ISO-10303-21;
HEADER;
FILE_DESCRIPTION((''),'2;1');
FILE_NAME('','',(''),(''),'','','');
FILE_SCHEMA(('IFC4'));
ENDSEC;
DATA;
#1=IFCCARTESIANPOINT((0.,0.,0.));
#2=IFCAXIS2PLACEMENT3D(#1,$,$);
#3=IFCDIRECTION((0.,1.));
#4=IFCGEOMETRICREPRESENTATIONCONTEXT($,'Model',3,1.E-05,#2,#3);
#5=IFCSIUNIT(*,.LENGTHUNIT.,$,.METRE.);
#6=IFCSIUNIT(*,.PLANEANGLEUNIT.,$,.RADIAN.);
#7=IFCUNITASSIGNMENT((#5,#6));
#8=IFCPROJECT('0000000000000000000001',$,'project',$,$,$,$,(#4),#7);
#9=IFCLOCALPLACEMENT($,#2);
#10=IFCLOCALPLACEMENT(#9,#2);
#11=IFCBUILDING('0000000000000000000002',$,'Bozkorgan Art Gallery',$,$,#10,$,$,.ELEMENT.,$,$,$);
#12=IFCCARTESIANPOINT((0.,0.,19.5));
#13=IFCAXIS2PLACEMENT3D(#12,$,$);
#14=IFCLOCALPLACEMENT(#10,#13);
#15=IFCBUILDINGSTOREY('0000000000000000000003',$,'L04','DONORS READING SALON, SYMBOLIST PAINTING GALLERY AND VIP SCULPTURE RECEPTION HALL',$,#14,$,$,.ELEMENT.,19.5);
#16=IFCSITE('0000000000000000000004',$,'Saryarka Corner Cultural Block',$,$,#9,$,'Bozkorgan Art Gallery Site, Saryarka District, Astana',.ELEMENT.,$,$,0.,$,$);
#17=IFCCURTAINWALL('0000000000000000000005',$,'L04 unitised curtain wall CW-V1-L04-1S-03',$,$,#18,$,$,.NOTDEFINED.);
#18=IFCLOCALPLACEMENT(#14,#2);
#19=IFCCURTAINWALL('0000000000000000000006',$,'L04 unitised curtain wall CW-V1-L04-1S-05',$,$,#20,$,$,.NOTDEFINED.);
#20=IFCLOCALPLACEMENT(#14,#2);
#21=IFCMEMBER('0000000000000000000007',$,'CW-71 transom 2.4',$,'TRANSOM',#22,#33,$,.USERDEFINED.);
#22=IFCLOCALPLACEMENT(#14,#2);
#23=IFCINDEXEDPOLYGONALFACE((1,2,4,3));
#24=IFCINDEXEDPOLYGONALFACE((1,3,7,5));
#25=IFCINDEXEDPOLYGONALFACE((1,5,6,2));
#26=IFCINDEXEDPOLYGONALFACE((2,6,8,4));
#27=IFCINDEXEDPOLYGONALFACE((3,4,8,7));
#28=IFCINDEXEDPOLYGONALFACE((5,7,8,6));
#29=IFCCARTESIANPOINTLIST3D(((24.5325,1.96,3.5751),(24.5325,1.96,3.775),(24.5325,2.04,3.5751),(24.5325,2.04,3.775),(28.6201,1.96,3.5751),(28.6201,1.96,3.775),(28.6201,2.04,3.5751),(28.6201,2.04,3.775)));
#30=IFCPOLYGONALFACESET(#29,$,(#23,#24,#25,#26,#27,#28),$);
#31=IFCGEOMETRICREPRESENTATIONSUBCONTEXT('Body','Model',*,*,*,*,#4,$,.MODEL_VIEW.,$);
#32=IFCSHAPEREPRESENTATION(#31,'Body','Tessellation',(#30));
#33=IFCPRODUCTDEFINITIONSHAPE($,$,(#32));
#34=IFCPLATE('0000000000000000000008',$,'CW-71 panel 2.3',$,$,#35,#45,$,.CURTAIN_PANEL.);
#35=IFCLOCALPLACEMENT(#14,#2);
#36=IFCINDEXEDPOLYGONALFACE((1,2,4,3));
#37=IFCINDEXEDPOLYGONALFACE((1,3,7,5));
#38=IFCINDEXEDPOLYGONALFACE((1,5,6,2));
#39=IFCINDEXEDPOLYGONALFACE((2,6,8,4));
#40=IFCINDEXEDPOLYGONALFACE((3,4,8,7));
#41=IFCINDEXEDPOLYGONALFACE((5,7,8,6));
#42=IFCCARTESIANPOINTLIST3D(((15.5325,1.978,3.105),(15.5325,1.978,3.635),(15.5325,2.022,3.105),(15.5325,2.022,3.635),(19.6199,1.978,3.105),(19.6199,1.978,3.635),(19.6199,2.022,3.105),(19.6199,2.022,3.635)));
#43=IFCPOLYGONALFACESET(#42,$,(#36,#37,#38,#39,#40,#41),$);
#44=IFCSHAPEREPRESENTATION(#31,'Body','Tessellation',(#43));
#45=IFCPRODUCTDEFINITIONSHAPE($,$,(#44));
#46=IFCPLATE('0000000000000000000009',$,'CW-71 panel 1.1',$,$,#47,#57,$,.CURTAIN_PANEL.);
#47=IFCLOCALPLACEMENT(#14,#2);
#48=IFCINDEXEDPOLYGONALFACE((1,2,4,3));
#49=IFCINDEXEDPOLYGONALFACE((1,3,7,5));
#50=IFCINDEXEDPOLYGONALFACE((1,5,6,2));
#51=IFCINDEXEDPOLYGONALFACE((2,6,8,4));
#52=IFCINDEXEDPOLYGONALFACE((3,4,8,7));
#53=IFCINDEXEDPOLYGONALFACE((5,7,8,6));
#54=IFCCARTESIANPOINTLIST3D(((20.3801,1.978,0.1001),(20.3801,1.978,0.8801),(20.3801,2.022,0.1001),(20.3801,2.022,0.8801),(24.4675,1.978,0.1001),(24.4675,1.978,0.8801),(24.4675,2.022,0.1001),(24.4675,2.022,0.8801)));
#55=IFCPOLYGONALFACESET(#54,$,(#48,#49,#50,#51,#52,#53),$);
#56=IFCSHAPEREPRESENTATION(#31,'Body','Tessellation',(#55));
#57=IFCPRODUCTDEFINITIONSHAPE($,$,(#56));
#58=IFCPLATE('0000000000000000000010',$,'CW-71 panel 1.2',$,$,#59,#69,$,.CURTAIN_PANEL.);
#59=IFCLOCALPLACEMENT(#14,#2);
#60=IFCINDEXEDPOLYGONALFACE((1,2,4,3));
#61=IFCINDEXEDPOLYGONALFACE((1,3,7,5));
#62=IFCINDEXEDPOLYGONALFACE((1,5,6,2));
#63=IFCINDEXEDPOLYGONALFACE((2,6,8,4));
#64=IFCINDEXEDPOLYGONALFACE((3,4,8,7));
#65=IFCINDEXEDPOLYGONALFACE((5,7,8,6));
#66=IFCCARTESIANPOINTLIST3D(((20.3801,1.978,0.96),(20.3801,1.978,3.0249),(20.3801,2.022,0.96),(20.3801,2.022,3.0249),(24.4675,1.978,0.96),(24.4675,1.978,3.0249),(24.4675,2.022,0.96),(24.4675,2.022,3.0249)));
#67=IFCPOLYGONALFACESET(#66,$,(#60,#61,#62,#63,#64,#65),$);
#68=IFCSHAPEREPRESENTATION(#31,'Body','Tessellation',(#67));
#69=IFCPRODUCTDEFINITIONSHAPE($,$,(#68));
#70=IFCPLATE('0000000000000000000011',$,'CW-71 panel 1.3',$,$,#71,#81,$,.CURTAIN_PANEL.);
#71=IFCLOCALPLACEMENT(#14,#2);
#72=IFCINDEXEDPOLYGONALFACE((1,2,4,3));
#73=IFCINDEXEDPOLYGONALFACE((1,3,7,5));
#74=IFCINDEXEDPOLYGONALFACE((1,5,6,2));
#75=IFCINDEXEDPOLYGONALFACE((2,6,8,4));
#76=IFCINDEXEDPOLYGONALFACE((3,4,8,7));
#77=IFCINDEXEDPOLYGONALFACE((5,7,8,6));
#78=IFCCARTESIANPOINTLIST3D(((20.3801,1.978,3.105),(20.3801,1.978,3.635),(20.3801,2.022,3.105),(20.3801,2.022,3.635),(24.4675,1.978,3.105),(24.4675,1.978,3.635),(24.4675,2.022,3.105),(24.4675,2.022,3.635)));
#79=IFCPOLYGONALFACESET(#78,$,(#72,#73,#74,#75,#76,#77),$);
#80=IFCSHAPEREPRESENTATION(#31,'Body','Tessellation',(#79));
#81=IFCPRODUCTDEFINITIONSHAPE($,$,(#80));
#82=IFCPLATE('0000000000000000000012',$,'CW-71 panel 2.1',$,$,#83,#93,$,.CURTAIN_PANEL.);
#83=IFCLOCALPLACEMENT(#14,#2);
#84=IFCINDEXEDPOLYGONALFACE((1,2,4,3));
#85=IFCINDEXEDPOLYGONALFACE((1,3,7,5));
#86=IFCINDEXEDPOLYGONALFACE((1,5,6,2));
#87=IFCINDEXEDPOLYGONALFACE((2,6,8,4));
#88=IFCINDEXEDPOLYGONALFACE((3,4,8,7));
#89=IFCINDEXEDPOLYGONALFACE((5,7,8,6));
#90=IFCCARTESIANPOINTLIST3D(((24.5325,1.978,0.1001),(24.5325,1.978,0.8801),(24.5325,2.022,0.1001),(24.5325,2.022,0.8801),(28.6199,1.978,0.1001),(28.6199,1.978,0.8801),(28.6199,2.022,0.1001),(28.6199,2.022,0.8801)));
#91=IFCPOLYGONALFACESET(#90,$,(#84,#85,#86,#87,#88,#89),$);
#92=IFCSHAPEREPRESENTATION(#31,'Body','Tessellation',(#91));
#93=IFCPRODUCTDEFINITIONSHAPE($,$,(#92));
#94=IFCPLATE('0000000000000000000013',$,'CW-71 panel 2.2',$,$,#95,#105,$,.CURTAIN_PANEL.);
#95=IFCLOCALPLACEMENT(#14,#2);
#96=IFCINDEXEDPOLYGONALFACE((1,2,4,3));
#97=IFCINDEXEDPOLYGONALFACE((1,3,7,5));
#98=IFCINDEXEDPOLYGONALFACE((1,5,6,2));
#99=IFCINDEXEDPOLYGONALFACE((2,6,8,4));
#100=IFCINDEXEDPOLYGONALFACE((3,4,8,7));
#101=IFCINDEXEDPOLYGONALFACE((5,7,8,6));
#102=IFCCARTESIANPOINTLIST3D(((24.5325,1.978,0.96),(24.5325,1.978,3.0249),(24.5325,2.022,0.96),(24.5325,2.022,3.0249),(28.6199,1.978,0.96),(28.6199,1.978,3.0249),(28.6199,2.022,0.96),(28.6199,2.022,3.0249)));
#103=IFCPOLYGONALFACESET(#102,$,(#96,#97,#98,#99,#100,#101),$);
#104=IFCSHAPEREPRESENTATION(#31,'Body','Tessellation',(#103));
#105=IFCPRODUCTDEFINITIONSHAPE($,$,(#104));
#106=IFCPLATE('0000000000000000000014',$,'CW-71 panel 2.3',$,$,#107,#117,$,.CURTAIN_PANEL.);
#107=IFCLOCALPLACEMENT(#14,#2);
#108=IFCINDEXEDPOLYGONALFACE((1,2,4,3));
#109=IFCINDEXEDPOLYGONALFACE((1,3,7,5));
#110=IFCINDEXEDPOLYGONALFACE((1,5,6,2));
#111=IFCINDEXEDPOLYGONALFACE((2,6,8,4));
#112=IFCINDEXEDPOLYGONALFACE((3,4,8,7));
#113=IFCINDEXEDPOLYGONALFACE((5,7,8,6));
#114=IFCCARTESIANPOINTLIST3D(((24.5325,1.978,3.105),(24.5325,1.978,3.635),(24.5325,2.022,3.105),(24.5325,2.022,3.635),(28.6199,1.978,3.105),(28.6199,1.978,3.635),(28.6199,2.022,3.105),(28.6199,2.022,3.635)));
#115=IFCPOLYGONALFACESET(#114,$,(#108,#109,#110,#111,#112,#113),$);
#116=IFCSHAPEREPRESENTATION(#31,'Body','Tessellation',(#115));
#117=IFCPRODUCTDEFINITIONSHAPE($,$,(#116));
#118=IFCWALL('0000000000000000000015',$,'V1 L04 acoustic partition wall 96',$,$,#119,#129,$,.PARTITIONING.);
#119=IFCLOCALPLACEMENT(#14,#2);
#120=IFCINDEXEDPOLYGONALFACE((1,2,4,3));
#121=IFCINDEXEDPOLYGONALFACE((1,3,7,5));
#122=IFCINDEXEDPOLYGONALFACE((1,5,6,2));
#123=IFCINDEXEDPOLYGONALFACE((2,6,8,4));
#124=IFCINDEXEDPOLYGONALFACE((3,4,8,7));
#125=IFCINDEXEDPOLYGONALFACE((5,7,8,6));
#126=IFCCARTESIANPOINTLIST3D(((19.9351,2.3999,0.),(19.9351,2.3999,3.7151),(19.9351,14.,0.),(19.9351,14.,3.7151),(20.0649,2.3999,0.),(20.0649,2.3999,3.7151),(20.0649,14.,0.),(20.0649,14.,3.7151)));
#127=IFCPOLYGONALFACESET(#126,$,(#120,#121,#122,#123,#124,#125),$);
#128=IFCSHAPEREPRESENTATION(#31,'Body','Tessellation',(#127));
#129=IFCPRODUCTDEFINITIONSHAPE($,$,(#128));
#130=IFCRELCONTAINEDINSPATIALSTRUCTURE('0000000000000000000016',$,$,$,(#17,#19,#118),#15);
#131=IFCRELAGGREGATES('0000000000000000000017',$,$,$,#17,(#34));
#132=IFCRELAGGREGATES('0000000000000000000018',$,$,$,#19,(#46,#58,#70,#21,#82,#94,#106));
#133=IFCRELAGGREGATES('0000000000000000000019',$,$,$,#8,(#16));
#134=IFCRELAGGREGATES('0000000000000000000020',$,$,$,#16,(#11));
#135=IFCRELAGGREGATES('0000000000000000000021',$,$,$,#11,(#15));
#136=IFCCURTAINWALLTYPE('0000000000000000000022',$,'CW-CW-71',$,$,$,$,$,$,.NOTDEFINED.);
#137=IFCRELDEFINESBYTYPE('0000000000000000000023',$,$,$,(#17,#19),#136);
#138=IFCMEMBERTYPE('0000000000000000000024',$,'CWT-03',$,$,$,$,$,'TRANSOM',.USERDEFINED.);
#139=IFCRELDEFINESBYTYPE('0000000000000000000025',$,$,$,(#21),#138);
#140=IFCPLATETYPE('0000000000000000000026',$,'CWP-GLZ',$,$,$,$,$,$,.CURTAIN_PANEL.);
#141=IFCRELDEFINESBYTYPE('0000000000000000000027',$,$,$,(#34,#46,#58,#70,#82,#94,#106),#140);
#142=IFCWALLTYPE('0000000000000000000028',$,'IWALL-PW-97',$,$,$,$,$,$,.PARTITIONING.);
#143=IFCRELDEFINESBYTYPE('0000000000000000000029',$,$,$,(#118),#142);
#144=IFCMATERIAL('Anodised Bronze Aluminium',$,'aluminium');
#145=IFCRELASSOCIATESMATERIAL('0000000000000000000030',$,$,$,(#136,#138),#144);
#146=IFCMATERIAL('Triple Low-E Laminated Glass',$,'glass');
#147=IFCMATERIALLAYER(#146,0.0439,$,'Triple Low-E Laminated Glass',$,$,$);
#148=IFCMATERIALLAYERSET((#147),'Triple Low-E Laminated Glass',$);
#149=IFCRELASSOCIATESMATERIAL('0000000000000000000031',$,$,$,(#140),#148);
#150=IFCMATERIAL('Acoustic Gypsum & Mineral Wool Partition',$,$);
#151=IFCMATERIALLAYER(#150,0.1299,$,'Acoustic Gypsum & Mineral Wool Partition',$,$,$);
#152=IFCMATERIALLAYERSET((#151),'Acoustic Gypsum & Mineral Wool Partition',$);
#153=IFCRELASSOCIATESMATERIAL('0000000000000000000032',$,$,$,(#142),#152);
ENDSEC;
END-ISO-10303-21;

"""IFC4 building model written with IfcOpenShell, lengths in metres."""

from ifc_helpers import new_model, si_unit, direction, frame, frame_2d, origin, origin_2d, place, context, subcontext, project, spatial, rectangle, extrude, material, layer, layer_set, material_profile, profile_set, type_object, element, aggregate, save


model = new_model("IFC4")

# Units and contexts
model_context = context("Model", 3, precision=1e-05, world=origin(), true_north=direction((0.0, 1.0)))
body_context = subcontext(model_context, "Body", "Model", "MODEL_VIEW")
ifc_project = project(units=[si_unit("LENGTHUNIT", "METRE"), si_unit("PLANEANGLEUNIT", "RADIAN")], contexts=[model_context])

# Site, building, storey
site_placement = place(None, origin())
site = spatial("IfcSite", under=ifc_project, at=site_placement, Name="Saryarka Corner Cultural Block", LongName="Bozkorgan Art Gallery Site, Saryarka District, Astana", CompositionType="ELEMENT", RefElevation=0.0)
building_placement = place(site_placement, origin())
building = spatial("IfcBuilding", under=site, at=building_placement, Name="Bozkorgan Art Gallery", CompositionType="ELEMENT")
storey_placement = place(building_placement, frame((0.0, 0.0, 19.5)))
storey = spatial("IfcBuildingStorey", under=building, at=storey_placement, Name="L04", Description="DONORS READING SALON, SYMBOLIST PAINTING GALLERY AND VIP SCULPTURE RECEPTION HALL", CompositionType="ELEMENT", Elevation=19.5)

# Curtain wall
ifc_material_1 = material(Name="Anodised Bronze Aluminium", Category="aluminium")
curtain_wall_type = type_object("IfcCurtainWallType", Name="CW-CW-71", PredefinedType="NOTDEFINED", material=ifc_material_1)
curtain_wall_1_placement = place(storey_placement, origin())
curtain_wall_1 = element("IfcCurtainWall", 1, at=curtain_wall_1_placement, inside=storey, type_object=curtain_wall_type, Name="L04 unitised curtain wall CW-V1-L04-1S-03", PredefinedType="NOTDEFINED")

# Curtain wall, member
curtain_wall_2_placement = place(storey_placement, origin())
curtain_wall_2 = element("IfcCurtainWall", 2, at=curtain_wall_2_placement, inside=storey, type_object=curtain_wall_type, Name="L04 unitised curtain wall CW-V1-L04-1S-05", PredefinedType="NOTDEFINED")
ifc_material_profile_1 = material_profile(ifc_material_1, rectangle(XDim=0.0801, YDim=0.2, at=origin_2d()), Name="ALU TRANSOM 80x200")
ifc_profile_set_1 = profile_set([ifc_material_profile_1], Name="Anodised Bronze Aluminium")
member_type_1 = type_object("IfcMemberType", Name="CWT-03", ElementType="TRANSOM", PredefinedType="USERDEFINED", material=ifc_profile_set_1)
member_1_placement = place(storey_placement, frame((24.5325, 2.0, 3.675), z_axis=(1.0, 0.0, 0.0), x_axis=(0.0, 1.0, 0.0)))
member_1 = element("IfcMember", 3, at=member_1_placement, type_object=member_type_1, Name="CW-71 transom 2.4", ObjectType="TRANSOM", PredefinedType="USERDEFINED", context=body_context, shape_type="SweptSolid", body=[
    extrude(rectangle(XDim=0.0801, YDim=0.2, at=origin_2d()), origin(), (0.0, 0.0, 1.0), 4.0876),
])

# Plates
ifc_material_2 = material(Name="Triple Low-E Laminated Glass", Category="glass")
ifc_layer_1 = layer(ifc_material_2, 0.0439, Name="Triple Low-E Laminated Glass")
ifc_layer_set_1 = layer_set([ifc_layer_1], Name="Triple Low-E Laminated Glass")
plate_type = type_object("IfcPlateType", Name="CWP-GLZ", PredefinedType="CURTAIN_PANEL", material=ifc_layer_set_1)
plate_1_placement = place(storey_placement, frame((17.5762, 2.0, 3.105), z_axis=(0.0, 0.0, 1.0), x_axis=(1.0, 0.0, 0.0)))
plate_1 = element("IfcPlate", 4, at=plate_1_placement, type_object=plate_type, Name="CW-71 panel 2.3", PredefinedType="CURTAIN_PANEL", context=body_context, shape_type="SweptSolid", body=[
    extrude(rectangle(XDim=4.0874, YDim=0.0439, at=origin_2d()), origin(), (0.0, 0.0, 1.0), 0.53),
])
aggregate(curtain_wall_1, [plate_1])
plate_2_placement = place(storey_placement, frame((22.4238, 2.0, 0.1001), z_axis=(0.0, 0.0, 1.0), x_axis=(1.0, 0.0, 0.0)))
plate_2 = element("IfcPlate", 5, at=plate_2_placement, type_object=plate_type, Name="CW-71 panel 1.1", PredefinedType="CURTAIN_PANEL", context=body_context, shape_type="SweptSolid", body=[
    extrude(rectangle(XDim=4.0874, YDim=0.0439, at=origin_2d()), origin(), (0.0, 0.0, 1.0), 0.78),
])
plate_3_placement = place(storey_placement, frame((22.4238, 2.0, 0.96), z_axis=(0.0, 0.0, 1.0), x_axis=(1.0, 0.0, 0.0)))
plate_3 = element("IfcPlate", 6, at=plate_3_placement, type_object=plate_type, Name="CW-71 panel 1.2", PredefinedType="CURTAIN_PANEL", context=body_context, shape_type="SweptSolid", body=[
    extrude(rectangle(XDim=4.0874, YDim=0.0439, at=origin_2d()), origin(), (0.0, 0.0, 1.0), 2.0649),
])
plate_4_placement = place(storey_placement, frame((22.4238, 2.0, 3.105), z_axis=(0.0, 0.0, 1.0), x_axis=(1.0, 0.0, 0.0)))
plate_4 = element("IfcPlate", 7, at=plate_4_placement, type_object=plate_type, Name="CW-71 panel 1.3", PredefinedType="CURTAIN_PANEL", context=body_context, shape_type="SweptSolid", body=[
    extrude(rectangle(XDim=4.0874, YDim=0.0439, at=origin_2d()), origin(), (0.0, 0.0, 1.0), 0.53),
])
plate_5_placement = place(storey_placement, frame((26.5762, 2.0, 0.1001), z_axis=(0.0, 0.0, 1.0), x_axis=(1.0, 0.0, 0.0)))
plate_5 = element("IfcPlate", 8, at=plate_5_placement, type_object=plate_type, Name="CW-71 panel 2.1", PredefinedType="CURTAIN_PANEL", context=body_context, shape_type="SweptSolid", body=[
    extrude(rectangle(XDim=4.0874, YDim=0.0439, at=origin_2d()), origin(), (0.0, 0.0, 1.0), 0.78),
])
plate_6_placement = place(storey_placement, frame((26.5762, 2.0, 0.96), z_axis=(0.0, 0.0, 1.0), x_axis=(1.0, 0.0, 0.0)))
plate_6 = element("IfcPlate", 9, at=plate_6_placement, type_object=plate_type, Name="CW-71 panel 2.2", PredefinedType="CURTAIN_PANEL", context=body_context, shape_type="SweptSolid", body=[
    extrude(rectangle(XDim=4.0874, YDim=0.0439, at=origin_2d()), origin(), (0.0, 0.0, 1.0), 2.0649),
])
plate_7_placement = place(storey_placement, frame((26.5762, 2.0, 3.105), z_axis=(0.0, 0.0, 1.0), x_axis=(1.0, 0.0, 0.0)))
plate_7 = element("IfcPlate", 10, at=plate_7_placement, type_object=plate_type, Name="CW-71 panel 2.3", PredefinedType="CURTAIN_PANEL", context=body_context, shape_type="SweptSolid", body=[
    extrude(rectangle(XDim=4.0874, YDim=0.0439, at=origin_2d()), origin(), (0.0, 0.0, 1.0), 0.53),
])
aggregate(curtain_wall_2, [plate_2, plate_3, plate_4, member_1, plate_5, plate_6, plate_7])

# Wall
ifc_material_3 = material(Name="Acoustic Gypsum & Mineral Wool Partition")
ifc_layer_2 = layer(ifc_material_3, 0.1299, Name="Acoustic Gypsum & Mineral Wool Partition")
ifc_layer_set_2 = layer_set([ifc_layer_2], Name="Acoustic Gypsum & Mineral Wool Partition")
wall_type = type_object("IfcWallType", Name="IWALL-PW-97", PredefinedType="PARTITIONING", material=ifc_layer_set_2)
wall_placement = place(storey_placement, frame((20.0, 2.3999, 0.0), z_axis=(0.0, 0.0, 1.0), x_axis=(0.0, 1.0, 0.0)))
element("IfcWall", 11, at=wall_placement, inside=storey, type_object=wall_type, Name="V1 L04 acoustic partition wall 96", PredefinedType="PARTITIONING", context=body_context, shape_type="SweptSolid", body=[
    extrude(rectangle(XDim=11.6001, YDim=0.1299, at=frame_2d((5.8, 0.0))), origin(), (0.0, 0.0, 1.0), 3.7151),
])

save(model, "model.ifc")
